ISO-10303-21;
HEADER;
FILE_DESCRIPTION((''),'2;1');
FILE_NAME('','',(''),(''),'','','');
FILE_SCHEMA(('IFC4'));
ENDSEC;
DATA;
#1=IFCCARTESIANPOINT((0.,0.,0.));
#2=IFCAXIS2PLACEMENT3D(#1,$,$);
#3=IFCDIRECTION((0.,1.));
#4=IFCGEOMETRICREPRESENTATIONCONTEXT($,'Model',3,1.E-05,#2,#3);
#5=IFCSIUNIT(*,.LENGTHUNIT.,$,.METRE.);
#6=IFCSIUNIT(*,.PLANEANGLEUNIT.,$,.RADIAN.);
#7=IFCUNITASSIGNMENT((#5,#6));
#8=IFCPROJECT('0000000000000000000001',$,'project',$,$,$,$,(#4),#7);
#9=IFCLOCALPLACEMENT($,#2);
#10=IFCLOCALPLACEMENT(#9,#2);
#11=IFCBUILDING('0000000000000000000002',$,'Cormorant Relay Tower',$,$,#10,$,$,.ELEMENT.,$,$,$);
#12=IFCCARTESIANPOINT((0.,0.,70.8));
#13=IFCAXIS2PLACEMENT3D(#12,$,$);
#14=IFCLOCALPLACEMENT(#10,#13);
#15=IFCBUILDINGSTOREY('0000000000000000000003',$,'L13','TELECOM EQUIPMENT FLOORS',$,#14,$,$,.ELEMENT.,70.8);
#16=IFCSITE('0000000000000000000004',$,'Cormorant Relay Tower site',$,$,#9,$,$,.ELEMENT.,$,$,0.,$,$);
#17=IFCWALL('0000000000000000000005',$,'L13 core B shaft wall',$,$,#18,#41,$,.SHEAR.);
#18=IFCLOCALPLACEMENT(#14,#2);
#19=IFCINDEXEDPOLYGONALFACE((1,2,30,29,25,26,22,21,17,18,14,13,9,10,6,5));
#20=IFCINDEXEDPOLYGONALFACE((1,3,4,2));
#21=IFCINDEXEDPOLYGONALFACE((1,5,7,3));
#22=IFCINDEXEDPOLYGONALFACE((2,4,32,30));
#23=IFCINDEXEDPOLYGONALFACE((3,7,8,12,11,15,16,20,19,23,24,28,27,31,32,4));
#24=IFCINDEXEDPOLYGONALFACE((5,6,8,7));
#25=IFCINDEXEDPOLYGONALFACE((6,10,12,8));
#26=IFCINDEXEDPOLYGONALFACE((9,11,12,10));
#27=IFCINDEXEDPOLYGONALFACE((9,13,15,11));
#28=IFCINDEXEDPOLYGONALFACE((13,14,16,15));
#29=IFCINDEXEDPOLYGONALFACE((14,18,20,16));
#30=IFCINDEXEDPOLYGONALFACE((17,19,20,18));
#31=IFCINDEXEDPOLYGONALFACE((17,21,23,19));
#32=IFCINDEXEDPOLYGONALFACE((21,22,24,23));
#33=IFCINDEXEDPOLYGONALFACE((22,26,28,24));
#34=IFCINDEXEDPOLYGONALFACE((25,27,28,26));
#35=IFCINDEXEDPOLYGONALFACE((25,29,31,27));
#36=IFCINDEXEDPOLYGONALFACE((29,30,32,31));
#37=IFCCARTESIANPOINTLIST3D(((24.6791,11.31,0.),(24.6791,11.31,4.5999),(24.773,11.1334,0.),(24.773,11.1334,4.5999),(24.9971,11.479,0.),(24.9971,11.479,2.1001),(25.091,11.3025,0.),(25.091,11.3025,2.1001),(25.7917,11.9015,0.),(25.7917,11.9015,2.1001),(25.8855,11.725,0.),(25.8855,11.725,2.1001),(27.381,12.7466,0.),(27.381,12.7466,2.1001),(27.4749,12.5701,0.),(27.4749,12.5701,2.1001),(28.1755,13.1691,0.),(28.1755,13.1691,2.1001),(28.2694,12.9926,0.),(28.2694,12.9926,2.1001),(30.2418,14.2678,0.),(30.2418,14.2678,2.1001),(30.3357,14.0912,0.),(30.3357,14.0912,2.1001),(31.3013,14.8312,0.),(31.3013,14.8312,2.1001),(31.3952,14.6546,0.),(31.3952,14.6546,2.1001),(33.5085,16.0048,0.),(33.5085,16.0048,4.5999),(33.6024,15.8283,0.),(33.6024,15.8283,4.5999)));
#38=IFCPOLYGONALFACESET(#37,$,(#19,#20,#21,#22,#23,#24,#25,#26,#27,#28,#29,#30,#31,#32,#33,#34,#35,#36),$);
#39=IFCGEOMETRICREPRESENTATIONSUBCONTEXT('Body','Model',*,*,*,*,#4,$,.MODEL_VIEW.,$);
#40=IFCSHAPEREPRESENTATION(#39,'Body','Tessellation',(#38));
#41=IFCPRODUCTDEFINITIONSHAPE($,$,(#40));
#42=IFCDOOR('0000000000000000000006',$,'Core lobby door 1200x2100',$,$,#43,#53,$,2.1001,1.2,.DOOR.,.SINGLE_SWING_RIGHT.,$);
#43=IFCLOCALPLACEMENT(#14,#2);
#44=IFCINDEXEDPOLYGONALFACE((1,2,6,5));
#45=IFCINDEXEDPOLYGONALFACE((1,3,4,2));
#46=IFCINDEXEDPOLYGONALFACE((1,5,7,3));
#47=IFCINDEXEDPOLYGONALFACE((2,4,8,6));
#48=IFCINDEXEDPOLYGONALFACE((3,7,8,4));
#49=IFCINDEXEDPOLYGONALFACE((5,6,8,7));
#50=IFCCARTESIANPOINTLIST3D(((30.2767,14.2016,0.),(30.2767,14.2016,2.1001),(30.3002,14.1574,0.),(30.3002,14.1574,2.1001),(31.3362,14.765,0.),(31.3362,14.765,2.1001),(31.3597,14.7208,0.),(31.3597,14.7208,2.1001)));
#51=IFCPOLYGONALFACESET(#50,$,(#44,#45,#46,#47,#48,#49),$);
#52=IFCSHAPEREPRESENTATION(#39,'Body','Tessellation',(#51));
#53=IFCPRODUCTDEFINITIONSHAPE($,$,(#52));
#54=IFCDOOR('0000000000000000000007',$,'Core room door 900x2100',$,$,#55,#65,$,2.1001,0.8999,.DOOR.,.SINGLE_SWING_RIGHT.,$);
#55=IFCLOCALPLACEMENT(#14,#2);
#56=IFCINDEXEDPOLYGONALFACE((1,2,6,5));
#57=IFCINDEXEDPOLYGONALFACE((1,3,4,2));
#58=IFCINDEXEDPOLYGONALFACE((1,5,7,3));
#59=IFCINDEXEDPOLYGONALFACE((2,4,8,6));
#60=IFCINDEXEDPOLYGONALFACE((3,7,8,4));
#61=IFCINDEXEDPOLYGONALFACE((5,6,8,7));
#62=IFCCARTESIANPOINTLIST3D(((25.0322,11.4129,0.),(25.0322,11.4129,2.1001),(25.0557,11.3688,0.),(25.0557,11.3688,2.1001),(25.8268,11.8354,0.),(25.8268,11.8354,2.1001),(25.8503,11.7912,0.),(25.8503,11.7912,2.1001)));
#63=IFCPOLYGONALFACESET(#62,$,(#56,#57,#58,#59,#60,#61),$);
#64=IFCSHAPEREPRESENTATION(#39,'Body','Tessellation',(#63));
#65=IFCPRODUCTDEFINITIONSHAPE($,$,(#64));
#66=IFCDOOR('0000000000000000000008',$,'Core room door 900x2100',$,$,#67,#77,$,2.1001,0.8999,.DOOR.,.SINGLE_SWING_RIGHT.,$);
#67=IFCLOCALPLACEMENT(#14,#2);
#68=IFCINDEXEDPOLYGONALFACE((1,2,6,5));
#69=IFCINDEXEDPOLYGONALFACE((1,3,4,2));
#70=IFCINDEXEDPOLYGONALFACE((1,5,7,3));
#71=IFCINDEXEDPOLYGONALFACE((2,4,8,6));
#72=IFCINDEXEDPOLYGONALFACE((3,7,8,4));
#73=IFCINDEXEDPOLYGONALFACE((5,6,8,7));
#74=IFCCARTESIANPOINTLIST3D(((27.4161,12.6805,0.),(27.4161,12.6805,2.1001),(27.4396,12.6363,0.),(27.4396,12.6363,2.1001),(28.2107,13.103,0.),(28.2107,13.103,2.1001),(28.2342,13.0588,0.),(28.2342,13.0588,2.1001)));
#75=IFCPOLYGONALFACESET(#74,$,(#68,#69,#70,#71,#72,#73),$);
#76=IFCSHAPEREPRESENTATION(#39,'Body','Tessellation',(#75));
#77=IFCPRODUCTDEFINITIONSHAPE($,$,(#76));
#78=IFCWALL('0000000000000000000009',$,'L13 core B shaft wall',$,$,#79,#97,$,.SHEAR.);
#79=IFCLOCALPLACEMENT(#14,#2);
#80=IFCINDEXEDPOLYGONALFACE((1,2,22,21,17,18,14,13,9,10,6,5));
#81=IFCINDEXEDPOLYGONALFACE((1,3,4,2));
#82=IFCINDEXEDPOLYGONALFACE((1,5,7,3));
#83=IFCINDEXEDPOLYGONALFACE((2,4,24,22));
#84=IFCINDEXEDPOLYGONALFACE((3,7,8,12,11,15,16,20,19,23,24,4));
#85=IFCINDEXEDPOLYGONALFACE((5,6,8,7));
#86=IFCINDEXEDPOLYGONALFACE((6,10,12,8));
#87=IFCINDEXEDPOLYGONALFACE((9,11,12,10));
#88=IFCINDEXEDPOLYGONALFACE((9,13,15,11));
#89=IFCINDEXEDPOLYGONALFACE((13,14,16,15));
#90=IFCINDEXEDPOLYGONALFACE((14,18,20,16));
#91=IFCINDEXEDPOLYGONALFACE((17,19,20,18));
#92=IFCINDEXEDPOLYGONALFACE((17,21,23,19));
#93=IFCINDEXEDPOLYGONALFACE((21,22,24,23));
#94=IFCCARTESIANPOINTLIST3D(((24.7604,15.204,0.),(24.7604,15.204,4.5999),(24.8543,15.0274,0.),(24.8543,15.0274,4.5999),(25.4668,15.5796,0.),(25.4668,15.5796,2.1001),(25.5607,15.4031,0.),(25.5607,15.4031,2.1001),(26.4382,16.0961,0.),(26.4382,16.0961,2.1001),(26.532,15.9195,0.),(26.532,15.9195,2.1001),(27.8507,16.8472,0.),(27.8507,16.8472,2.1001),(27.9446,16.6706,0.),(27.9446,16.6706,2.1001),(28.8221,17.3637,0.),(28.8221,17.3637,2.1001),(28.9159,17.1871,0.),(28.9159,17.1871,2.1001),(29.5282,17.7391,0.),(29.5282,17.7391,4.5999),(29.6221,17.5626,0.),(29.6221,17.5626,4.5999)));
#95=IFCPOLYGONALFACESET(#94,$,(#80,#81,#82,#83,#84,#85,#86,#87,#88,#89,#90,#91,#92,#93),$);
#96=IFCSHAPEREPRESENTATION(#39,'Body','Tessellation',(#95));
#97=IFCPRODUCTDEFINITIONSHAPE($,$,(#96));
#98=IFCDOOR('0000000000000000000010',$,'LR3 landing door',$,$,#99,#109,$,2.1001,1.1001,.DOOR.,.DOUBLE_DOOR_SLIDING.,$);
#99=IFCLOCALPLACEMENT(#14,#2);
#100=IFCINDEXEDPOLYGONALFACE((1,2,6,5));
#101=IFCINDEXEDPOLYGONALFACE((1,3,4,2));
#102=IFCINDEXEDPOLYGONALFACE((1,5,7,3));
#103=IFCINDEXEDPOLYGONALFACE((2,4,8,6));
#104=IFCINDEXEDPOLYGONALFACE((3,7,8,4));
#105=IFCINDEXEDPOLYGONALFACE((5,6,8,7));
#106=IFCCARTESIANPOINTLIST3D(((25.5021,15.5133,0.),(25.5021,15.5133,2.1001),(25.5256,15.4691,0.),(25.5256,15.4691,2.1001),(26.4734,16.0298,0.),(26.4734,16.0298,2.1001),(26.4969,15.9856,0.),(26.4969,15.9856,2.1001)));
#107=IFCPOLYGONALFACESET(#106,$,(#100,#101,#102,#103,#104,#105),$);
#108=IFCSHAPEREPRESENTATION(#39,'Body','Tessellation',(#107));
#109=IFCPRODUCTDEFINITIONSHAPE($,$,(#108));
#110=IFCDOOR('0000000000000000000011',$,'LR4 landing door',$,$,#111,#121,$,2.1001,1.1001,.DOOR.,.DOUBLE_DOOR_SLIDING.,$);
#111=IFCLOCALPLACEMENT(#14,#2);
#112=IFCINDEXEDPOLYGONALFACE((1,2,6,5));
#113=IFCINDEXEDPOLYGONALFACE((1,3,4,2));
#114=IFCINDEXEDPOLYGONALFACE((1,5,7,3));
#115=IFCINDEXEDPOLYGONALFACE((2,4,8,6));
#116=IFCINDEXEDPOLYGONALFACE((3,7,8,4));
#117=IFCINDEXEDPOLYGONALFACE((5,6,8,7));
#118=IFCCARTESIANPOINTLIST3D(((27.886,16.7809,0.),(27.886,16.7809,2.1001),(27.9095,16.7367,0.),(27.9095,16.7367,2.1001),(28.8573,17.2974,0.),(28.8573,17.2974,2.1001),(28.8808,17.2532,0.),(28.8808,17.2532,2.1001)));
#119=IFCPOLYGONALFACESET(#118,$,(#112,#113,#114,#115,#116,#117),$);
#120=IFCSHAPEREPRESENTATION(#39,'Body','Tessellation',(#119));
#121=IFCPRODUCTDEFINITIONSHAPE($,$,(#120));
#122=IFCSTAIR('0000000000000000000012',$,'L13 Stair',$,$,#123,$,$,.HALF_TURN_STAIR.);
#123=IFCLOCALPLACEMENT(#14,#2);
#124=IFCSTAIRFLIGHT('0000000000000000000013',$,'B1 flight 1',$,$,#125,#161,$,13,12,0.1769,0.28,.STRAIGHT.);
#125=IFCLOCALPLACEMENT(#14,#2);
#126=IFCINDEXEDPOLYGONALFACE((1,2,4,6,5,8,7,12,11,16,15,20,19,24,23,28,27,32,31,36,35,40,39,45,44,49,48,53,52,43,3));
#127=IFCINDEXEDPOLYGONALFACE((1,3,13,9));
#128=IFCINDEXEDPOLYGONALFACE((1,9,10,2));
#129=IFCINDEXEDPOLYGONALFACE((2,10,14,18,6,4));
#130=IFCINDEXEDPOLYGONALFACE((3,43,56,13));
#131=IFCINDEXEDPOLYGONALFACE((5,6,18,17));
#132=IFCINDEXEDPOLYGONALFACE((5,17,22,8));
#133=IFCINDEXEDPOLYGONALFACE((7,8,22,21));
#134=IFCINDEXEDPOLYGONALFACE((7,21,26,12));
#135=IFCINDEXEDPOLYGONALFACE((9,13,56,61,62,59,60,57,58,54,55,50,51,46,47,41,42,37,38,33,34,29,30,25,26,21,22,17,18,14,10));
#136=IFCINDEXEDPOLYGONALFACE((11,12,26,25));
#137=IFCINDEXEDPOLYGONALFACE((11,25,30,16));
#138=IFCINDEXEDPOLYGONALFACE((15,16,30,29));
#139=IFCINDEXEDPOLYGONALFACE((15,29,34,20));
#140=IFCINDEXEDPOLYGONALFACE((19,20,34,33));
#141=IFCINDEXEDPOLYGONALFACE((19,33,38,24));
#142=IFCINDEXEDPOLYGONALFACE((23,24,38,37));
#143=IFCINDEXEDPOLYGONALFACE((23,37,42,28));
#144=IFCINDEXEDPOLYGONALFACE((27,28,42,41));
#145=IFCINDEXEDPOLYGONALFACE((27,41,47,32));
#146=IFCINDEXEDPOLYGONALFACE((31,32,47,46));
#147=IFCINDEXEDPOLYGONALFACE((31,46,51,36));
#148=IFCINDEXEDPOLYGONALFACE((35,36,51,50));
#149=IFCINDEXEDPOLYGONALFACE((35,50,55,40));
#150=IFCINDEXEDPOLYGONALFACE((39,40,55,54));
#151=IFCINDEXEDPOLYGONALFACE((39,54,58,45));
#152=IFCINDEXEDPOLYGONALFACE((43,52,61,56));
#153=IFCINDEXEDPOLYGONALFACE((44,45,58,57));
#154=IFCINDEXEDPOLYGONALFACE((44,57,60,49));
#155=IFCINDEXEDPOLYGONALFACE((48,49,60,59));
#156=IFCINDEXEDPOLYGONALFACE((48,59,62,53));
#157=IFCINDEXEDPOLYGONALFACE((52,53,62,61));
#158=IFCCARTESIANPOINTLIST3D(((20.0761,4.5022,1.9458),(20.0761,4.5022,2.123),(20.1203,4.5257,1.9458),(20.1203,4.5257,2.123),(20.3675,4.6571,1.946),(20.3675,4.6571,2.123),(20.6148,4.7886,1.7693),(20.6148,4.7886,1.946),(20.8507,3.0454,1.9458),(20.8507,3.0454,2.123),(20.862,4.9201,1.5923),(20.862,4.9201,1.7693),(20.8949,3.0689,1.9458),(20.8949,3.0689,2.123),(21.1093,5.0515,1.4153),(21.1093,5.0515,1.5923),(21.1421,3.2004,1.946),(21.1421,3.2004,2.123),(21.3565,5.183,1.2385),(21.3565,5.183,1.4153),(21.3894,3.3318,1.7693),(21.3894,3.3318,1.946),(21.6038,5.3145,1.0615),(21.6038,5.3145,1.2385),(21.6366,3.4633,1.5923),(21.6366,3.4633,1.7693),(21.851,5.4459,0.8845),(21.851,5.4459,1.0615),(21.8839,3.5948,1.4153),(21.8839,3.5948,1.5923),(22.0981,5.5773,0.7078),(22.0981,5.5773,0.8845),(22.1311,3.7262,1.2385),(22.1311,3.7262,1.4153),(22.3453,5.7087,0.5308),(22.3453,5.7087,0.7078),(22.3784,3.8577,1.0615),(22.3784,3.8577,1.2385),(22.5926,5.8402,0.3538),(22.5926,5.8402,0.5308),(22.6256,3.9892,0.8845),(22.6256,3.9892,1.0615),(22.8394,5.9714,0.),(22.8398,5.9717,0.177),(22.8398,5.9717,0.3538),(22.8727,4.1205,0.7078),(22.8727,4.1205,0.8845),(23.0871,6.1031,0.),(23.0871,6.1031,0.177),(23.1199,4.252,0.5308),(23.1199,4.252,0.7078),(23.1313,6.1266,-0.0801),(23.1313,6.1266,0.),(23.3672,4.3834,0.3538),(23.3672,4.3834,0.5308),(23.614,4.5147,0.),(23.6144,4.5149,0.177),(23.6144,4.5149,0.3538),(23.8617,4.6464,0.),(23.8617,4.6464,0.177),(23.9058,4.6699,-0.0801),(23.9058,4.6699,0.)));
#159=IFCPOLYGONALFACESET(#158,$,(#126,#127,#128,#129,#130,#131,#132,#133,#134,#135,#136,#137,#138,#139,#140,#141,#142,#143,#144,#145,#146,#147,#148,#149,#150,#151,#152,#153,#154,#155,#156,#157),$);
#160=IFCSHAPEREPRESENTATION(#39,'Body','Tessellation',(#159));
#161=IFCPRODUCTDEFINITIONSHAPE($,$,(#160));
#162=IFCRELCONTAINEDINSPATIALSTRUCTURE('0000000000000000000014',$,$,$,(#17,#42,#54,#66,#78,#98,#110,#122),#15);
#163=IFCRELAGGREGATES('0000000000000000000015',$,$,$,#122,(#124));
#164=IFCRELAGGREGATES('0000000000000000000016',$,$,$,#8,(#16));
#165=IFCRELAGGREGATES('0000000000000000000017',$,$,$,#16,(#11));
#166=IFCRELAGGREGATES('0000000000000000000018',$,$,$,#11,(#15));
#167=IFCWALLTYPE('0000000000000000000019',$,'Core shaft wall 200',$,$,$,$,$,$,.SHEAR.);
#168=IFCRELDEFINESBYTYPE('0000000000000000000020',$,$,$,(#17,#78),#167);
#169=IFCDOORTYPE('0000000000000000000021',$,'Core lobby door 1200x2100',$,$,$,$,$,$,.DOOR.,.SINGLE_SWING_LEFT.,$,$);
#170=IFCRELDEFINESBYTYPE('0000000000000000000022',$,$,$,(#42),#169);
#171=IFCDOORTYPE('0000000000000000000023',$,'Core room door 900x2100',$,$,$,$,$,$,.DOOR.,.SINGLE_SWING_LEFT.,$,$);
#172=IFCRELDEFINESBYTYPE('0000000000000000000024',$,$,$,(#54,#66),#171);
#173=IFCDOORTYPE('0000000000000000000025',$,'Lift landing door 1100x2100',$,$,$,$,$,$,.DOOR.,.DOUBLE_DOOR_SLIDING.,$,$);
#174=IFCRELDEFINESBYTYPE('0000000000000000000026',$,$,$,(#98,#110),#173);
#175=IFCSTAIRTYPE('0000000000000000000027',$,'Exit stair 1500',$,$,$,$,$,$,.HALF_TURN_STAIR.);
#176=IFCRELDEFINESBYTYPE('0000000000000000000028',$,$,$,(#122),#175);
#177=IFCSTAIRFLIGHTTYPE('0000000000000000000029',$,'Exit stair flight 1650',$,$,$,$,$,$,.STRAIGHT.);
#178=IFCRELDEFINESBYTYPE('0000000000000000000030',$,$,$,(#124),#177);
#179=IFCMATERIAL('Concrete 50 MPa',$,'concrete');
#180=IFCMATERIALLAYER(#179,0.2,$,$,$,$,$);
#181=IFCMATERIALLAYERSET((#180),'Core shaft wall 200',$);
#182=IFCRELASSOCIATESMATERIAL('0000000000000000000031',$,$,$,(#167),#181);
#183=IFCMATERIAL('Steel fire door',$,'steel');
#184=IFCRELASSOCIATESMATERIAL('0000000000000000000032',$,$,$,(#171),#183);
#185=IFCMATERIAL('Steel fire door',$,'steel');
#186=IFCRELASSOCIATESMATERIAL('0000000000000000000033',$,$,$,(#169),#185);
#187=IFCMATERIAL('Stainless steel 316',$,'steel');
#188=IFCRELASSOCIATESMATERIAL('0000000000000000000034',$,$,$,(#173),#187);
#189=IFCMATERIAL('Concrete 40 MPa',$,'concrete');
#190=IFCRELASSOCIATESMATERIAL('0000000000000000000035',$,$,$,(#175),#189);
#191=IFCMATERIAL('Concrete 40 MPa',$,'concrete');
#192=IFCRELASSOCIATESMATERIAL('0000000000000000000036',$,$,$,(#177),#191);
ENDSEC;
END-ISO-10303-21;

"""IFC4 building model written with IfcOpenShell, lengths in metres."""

from ifc_helpers import new_model, si_unit, direction, frame, frame_2d, origin, place, context, subcontext, project, spatial, polyline, rectangle, outline, extrude, material, layer, layer_set, type_object, element, fill, aggregate, save


model = new_model("IFC4")

# Units and contexts
model_context = context("Model", 3, precision=1e-05, world=origin(), true_north=direction((0.0, 1.0)))
body_context = subcontext(model_context, "Body", "Model", "MODEL_VIEW")
ifc_project = project(units=[si_unit("LENGTHUNIT", "METRE"), si_unit("PLANEANGLEUNIT", "RADIAN")], contexts=[model_context])

# Site, building, storey
site_placement = place(None, origin())
site = spatial("IfcSite", under=ifc_project, at=site_placement, Name="Cormorant Relay Tower site", CompositionType="ELEMENT", RefElevation=0.0)
building_placement = place(site_placement, origin())
building = spatial("IfcBuilding", under=site, at=building_placement, Name="Cormorant Relay Tower", CompositionType="ELEMENT")
storey_placement = place(building_placement, frame((0.0, 0.0, 70.8)))
storey = spatial("IfcBuildingStorey", under=building, at=storey_placement, Name="L13", Description="TELECOM EQUIPMENT FLOORS", CompositionType="ELEMENT", Elevation=70.8)

# Shared definitions
ifc_material_1 = material(Name="Concrete 50 MPa", Category="concrete")
ifc_layer_1 = layer(ifc_material_1, 0.2)
ifc_layer_set_1 = layer_set([ifc_layer_1], Name="Core shaft wall 200")
wall_type_1 = type_object("IfcWallType", Name="Core shaft wall 200", PredefinedType="SHEAR", material=ifc_layer_set_1)
ifc_material_2 = material(Name="Steel fire door", Category="steel")
door_type_1 = type_object("IfcDoorType", Name="Core room door 900x2100", OperationType="SINGLE_SWING_LEFT", PredefinedType="DOOR", material=ifc_material_2)

# Walls, openings, doors
wall_1_placement = place(storey_placement, frame((24.7261, 11.2217, 0.0), z_axis=(0.0, 0.0, 1.0), x_axis=(0.88294, 0.469485, 0.0)))
wall_1 = element("IfcWall", 1, at=wall_1_placement, inside=storey, type_object=wall_type_1, Name="L13 core B shaft wall", PredefinedType="SHEAR", context=body_context, shape_type="SweptSolid", body=[
    extrude(rectangle(XDim=10.0, YDim=0.2, at=frame_2d((5.0, 0.0))), origin(), (0.0, 0.0, 1.0), 4.5999),
])
opening_1_placement = place(wall_1_placement, frame((6.3, 0.0, 0.0)))
opening_1 = element("IfcOpeningElement", 2, at=opening_1_placement, cuts=wall_1, PredefinedType="OPENING", context=body_context, shape_type="SweptSolid", body=[
    extrude(rectangle(XDim=1.2, YDim=2.1001, at=frame_2d((0.6001, 1.05))), frame((0.0, 0.1099, 0.0), z_axis=(0.0, -1.0, 0.0), x_axis=(1.0, 0.0, 0.0)), (0.0, 0.0, 1.0), 0.22),
])
opening_2_placement = place(wall_1_placement, frame((0.3601, 0.0, 0.0)))
opening_2 = element("IfcOpeningElement", 3, at=opening_2_placement, cuts=wall_1, PredefinedType="OPENING", context=body_context, shape_type="SweptSolid", body=[
    extrude(rectangle(XDim=0.8999, YDim=2.1001, at=frame_2d((0.45, 1.05))), frame((0.0, 0.1099, 0.0), z_axis=(0.0, -1.0, 0.0), x_axis=(1.0, 0.0, 0.0)), (0.0, 0.0, 1.0), 0.22),
])
opening_3_placement = place(wall_1_placement, frame((3.0601, 0.0, 0.0)))
opening_3 = element("IfcOpeningElement", 4, at=opening_3_placement, cuts=wall_1, PredefinedType="OPENING", context=body_context, shape_type="SweptSolid", body=[
    extrude(rectangle(XDim=0.8999, YDim=2.1001, at=frame_2d((0.45, 1.05))), frame((0.0, 0.1099, 0.0), z_axis=(0.0, -1.0, 0.0), x_axis=(1.0, 0.0, 0.0)), (0.0, 0.0, 1.0), 0.22),
])
ifc_material_3 = material(Name="Steel fire door", Category="steel")
door_type_2 = type_object("IfcDoorType", Name="Core lobby door 1200x2100", OperationType="SINGLE_SWING_LEFT", PredefinedType="DOOR", material=ifc_material_3)
door_1_placement = place(opening_1_placement, frame((1.2, 0.0, 0.0), z_axis=(0.0, 0.0, 1.0), x_axis=(-1.0, 0.0, 0.0)))
door_1 = element("IfcDoor", 5, at=door_1_placement, inside=storey, type_object=door_type_2, Name="Core lobby door 1200x2100", OperationType="SINGLE_SWING_RIGHT", OverallHeight=2.1001, OverallWidth=1.2, PredefinedType="DOOR", context=body_context, shape_type="SweptSolid", body=[
    extrude(rectangle(XDim=1.2, YDim=2.1001, at=frame_2d((0.6001, 1.05))), frame((0.0, 0.0249, 0.0), z_axis=(0.0, -1.0, 0.0), x_axis=(1.0, 0.0, 0.0)), (0.0, 0.0, 1.0), 0.05),
])
fill(opening_1, door_1)
door_2_placement = place(opening_2_placement, frame((0.8999, 0.0, 0.0), z_axis=(0.0, 0.0, 1.0), x_axis=(-1.0, 0.0, 0.0)))
door_2 = element("IfcDoor", 6, at=door_2_placement, inside=storey, type_object=door_type_1, Name="Core room door 900x2100", OperationType="SINGLE_SWING_RIGHT", OverallHeight=2.1001, OverallWidth=0.8999, PredefinedType="DOOR", context=body_context, shape_type="SweptSolid", body=[
    extrude(rectangle(XDim=0.8999, YDim=2.1001, at=frame_2d((0.45, 1.05))), frame((0.0, 0.0249, 0.0), z_axis=(0.0, -1.0, 0.0), x_axis=(1.0, 0.0, 0.0)), (0.0, 0.0, 1.0), 0.05),
])
fill(opening_2, door_2)
door_3_placement = place(opening_3_placement, frame((0.8999, 0.0, 0.0), z_axis=(0.0, 0.0, 1.0), x_axis=(-1.0, 0.0, 0.0)))
door_3 = element("IfcDoor", 7, at=door_3_placement, inside=storey, type_object=door_type_1, Name="Core room door 900x2100", OperationType="SINGLE_SWING_RIGHT", OverallHeight=2.1001, OverallWidth=0.8999, PredefinedType="DOOR", context=body_context, shape_type="SweptSolid", body=[
    extrude(rectangle(XDim=0.8999, YDim=2.1001, at=frame_2d((0.45, 1.05))), frame((0.0, 0.0249, 0.0), z_axis=(0.0, -1.0, 0.0), x_axis=(1.0, 0.0, 0.0)), (0.0, 0.0, 1.0), 0.05),
])
fill(opening_3, door_3)
wall_2_placement = place(storey_placement, frame((24.8074, 15.1157, 0.0), z_axis=(0.0, 0.0, 1.0), x_axis=(0.882943, 0.46948, 0.0)))
wall_2 = element("IfcWall", 8, at=wall_2_placement, inside=storey, type_object=wall_type_1, Name="L13 core B shaft wall", PredefinedType="SHEAR", context=body_context, shape_type="SweptSolid", body=[
    extrude(rectangle(XDim=5.3999, YDim=0.2, at=frame_2d((2.7, 0.0))), origin(), (0.0, 0.0, 1.0), 4.5999),
])
opening_4_placement = place(wall_2_placement, frame((0.8, 0.0, 0.0)))
opening_4 = element("IfcOpeningElement", 9, at=opening_4_placement, cuts=wall_2, PredefinedType="OPENING", context=body_context, shape_type="SweptSolid", body=[
    extrude(rectangle(XDim=1.1001, YDim=2.1001, at=frame_2d((0.55, 1.05))), frame((0.0, 0.1099, 0.0), z_axis=(0.0, -1.0, 0.0), x_axis=(1.0, 0.0, 0.0)), (0.0, 0.0, 1.0), 0.22),
])
opening_5_placement = place(wall_2_placement, frame((3.5, 0.0, 0.0)))
opening_5 = element("IfcOpeningElement", 10, at=opening_5_placement, cuts=wall_2, PredefinedType="OPENING", context=body_context, shape_type="SweptSolid", body=[
    extrude(rectangle(XDim=1.1001, YDim=2.1001, at=frame_2d((0.55, 1.05))), frame((0.0, 0.1099, 0.0), z_axis=(0.0, -1.0, 0.0), x_axis=(1.0, 0.0, 0.0)), (0.0, 0.0, 1.0), 0.22),
])
ifc_material_4 = material(Name="Stainless steel 316", Category="steel")
door_type_3 = type_object("IfcDoorType", Name="Lift landing door 1100x2100", OperationType="DOUBLE_DOOR_SLIDING", PredefinedType="DOOR", material=ifc_material_4)
door_4_placement = place(opening_4_placement, origin())
door_4 = element("IfcDoor", 11, at=door_4_placement, inside=storey, type_object=door_type_3, Name="LR3 landing door", OperationType="DOUBLE_DOOR_SLIDING", OverallHeight=2.1001, OverallWidth=1.1001, PredefinedType="DOOR", context=body_context, shape_type="SweptSolid", body=[
    extrude(rectangle(XDim=1.1001, YDim=2.1001, at=frame_2d((0.55, 1.05))), frame((0.0, 0.0249, 0.0), z_axis=(0.0, -1.0, 0.0), x_axis=(1.0, 0.0, 0.0)), (0.0, 0.0, 1.0), 0.05),
])
fill(opening_4, door_4)
door_5_placement = place(opening_5_placement, origin())
door_5 = element("IfcDoor", 12, at=door_5_placement, inside=storey, type_object=door_type_3, Name="LR4 landing door", OperationType="DOUBLE_DOOR_SLIDING", OverallHeight=2.1001, OverallWidth=1.1001, PredefinedType="DOOR", context=body_context, shape_type="SweptSolid", body=[
    extrude(rectangle(XDim=1.1001, YDim=2.1001, at=frame_2d((0.55, 1.05))), frame((0.0, 0.0249, 0.0), z_axis=(0.0, -1.0, 0.0), x_axis=(1.0, 0.0, 0.0)), (0.0, 0.0, 1.0), 0.05),
])
fill(opening_5, door_5)

# Stair, stair flight
ifc_material_5 = material(Name="Concrete 40 MPa", Category="concrete")
stair_type = type_object("IfcStairType", Name="Exit stair 1500", PredefinedType="HALF_TURN_STAIR", material=ifc_material_5)
stair_placement = place(storey_placement, origin())
stair = element("IfcStair", 13, at=stair_placement, inside=storey, type_object=stair_type, Name="L13 Stair", PredefinedType="HALF_TURN_STAIR")
ifc_material_6 = material(Name="Concrete 40 MPa", Category="concrete")
stair_flight_type = type_object("IfcStairFlightType", Name="Exit stair flight 1650", PredefinedType="STRAIGHT", material=ifc_material_6)
stair_flight_placement = place(storey_placement, frame((23.4744, 5.3748, 0.0), z_axis=(0.0, 0.0, 1.0), x_axis=(-0.882948, -0.469472, 0.0)))
stair_flight = element("IfcStairFlight", 14, at=stair_flight_placement, type_object=stair_flight_type, Name="B1 flight 1", NumberOfRisers=13, NumberOfTreads=12, PredefinedType="STRAIGHT", RiserHeight=0.1769, TreadLength=0.28, context=body_context, shape_type="SweptSolid", body=[
    extrude(outline(polyline([(-0.05, -0.0801), (-0.05, 0.0), (0.0, 0.0), (0.0, 0.177), (0.28, 0.177), (0.28, 0.3538), (0.5601, 0.3538), (0.5601, 0.5308), (0.8401, 0.5308), (0.8401, 0.7078), (1.1201, 0.7078), (1.1201, 0.8845), (1.3999, 0.8845), (1.3999, 1.0615), (1.6799, 1.0615), (1.6799, 1.2385), (1.96, 1.2385), (1.96, 1.4153), (2.24, 1.4153), (2.24, 1.5923), (2.52, 1.5923), (2.52, 1.7693), (2.8, 1.7693), (2.8, 1.946), (3.0801, 1.946), (3.0801, 2.123), (3.3601, 2.123), (3.4102, 2.123), (3.4102, 1.9458), (3.3601, 1.9458), (0.2805, 0.0), (-0.05, -0.0801)])), frame((0.0, 0.825, 0.0), z_axis=(0.0, -1.0, 0.0), x_axis=(1.0, 0.0, 0.0)), (0.0, 0.0, 1.0), 1.6499),
])
aggregate(stair, [stair_flight])

save(model, "model.ifc")
